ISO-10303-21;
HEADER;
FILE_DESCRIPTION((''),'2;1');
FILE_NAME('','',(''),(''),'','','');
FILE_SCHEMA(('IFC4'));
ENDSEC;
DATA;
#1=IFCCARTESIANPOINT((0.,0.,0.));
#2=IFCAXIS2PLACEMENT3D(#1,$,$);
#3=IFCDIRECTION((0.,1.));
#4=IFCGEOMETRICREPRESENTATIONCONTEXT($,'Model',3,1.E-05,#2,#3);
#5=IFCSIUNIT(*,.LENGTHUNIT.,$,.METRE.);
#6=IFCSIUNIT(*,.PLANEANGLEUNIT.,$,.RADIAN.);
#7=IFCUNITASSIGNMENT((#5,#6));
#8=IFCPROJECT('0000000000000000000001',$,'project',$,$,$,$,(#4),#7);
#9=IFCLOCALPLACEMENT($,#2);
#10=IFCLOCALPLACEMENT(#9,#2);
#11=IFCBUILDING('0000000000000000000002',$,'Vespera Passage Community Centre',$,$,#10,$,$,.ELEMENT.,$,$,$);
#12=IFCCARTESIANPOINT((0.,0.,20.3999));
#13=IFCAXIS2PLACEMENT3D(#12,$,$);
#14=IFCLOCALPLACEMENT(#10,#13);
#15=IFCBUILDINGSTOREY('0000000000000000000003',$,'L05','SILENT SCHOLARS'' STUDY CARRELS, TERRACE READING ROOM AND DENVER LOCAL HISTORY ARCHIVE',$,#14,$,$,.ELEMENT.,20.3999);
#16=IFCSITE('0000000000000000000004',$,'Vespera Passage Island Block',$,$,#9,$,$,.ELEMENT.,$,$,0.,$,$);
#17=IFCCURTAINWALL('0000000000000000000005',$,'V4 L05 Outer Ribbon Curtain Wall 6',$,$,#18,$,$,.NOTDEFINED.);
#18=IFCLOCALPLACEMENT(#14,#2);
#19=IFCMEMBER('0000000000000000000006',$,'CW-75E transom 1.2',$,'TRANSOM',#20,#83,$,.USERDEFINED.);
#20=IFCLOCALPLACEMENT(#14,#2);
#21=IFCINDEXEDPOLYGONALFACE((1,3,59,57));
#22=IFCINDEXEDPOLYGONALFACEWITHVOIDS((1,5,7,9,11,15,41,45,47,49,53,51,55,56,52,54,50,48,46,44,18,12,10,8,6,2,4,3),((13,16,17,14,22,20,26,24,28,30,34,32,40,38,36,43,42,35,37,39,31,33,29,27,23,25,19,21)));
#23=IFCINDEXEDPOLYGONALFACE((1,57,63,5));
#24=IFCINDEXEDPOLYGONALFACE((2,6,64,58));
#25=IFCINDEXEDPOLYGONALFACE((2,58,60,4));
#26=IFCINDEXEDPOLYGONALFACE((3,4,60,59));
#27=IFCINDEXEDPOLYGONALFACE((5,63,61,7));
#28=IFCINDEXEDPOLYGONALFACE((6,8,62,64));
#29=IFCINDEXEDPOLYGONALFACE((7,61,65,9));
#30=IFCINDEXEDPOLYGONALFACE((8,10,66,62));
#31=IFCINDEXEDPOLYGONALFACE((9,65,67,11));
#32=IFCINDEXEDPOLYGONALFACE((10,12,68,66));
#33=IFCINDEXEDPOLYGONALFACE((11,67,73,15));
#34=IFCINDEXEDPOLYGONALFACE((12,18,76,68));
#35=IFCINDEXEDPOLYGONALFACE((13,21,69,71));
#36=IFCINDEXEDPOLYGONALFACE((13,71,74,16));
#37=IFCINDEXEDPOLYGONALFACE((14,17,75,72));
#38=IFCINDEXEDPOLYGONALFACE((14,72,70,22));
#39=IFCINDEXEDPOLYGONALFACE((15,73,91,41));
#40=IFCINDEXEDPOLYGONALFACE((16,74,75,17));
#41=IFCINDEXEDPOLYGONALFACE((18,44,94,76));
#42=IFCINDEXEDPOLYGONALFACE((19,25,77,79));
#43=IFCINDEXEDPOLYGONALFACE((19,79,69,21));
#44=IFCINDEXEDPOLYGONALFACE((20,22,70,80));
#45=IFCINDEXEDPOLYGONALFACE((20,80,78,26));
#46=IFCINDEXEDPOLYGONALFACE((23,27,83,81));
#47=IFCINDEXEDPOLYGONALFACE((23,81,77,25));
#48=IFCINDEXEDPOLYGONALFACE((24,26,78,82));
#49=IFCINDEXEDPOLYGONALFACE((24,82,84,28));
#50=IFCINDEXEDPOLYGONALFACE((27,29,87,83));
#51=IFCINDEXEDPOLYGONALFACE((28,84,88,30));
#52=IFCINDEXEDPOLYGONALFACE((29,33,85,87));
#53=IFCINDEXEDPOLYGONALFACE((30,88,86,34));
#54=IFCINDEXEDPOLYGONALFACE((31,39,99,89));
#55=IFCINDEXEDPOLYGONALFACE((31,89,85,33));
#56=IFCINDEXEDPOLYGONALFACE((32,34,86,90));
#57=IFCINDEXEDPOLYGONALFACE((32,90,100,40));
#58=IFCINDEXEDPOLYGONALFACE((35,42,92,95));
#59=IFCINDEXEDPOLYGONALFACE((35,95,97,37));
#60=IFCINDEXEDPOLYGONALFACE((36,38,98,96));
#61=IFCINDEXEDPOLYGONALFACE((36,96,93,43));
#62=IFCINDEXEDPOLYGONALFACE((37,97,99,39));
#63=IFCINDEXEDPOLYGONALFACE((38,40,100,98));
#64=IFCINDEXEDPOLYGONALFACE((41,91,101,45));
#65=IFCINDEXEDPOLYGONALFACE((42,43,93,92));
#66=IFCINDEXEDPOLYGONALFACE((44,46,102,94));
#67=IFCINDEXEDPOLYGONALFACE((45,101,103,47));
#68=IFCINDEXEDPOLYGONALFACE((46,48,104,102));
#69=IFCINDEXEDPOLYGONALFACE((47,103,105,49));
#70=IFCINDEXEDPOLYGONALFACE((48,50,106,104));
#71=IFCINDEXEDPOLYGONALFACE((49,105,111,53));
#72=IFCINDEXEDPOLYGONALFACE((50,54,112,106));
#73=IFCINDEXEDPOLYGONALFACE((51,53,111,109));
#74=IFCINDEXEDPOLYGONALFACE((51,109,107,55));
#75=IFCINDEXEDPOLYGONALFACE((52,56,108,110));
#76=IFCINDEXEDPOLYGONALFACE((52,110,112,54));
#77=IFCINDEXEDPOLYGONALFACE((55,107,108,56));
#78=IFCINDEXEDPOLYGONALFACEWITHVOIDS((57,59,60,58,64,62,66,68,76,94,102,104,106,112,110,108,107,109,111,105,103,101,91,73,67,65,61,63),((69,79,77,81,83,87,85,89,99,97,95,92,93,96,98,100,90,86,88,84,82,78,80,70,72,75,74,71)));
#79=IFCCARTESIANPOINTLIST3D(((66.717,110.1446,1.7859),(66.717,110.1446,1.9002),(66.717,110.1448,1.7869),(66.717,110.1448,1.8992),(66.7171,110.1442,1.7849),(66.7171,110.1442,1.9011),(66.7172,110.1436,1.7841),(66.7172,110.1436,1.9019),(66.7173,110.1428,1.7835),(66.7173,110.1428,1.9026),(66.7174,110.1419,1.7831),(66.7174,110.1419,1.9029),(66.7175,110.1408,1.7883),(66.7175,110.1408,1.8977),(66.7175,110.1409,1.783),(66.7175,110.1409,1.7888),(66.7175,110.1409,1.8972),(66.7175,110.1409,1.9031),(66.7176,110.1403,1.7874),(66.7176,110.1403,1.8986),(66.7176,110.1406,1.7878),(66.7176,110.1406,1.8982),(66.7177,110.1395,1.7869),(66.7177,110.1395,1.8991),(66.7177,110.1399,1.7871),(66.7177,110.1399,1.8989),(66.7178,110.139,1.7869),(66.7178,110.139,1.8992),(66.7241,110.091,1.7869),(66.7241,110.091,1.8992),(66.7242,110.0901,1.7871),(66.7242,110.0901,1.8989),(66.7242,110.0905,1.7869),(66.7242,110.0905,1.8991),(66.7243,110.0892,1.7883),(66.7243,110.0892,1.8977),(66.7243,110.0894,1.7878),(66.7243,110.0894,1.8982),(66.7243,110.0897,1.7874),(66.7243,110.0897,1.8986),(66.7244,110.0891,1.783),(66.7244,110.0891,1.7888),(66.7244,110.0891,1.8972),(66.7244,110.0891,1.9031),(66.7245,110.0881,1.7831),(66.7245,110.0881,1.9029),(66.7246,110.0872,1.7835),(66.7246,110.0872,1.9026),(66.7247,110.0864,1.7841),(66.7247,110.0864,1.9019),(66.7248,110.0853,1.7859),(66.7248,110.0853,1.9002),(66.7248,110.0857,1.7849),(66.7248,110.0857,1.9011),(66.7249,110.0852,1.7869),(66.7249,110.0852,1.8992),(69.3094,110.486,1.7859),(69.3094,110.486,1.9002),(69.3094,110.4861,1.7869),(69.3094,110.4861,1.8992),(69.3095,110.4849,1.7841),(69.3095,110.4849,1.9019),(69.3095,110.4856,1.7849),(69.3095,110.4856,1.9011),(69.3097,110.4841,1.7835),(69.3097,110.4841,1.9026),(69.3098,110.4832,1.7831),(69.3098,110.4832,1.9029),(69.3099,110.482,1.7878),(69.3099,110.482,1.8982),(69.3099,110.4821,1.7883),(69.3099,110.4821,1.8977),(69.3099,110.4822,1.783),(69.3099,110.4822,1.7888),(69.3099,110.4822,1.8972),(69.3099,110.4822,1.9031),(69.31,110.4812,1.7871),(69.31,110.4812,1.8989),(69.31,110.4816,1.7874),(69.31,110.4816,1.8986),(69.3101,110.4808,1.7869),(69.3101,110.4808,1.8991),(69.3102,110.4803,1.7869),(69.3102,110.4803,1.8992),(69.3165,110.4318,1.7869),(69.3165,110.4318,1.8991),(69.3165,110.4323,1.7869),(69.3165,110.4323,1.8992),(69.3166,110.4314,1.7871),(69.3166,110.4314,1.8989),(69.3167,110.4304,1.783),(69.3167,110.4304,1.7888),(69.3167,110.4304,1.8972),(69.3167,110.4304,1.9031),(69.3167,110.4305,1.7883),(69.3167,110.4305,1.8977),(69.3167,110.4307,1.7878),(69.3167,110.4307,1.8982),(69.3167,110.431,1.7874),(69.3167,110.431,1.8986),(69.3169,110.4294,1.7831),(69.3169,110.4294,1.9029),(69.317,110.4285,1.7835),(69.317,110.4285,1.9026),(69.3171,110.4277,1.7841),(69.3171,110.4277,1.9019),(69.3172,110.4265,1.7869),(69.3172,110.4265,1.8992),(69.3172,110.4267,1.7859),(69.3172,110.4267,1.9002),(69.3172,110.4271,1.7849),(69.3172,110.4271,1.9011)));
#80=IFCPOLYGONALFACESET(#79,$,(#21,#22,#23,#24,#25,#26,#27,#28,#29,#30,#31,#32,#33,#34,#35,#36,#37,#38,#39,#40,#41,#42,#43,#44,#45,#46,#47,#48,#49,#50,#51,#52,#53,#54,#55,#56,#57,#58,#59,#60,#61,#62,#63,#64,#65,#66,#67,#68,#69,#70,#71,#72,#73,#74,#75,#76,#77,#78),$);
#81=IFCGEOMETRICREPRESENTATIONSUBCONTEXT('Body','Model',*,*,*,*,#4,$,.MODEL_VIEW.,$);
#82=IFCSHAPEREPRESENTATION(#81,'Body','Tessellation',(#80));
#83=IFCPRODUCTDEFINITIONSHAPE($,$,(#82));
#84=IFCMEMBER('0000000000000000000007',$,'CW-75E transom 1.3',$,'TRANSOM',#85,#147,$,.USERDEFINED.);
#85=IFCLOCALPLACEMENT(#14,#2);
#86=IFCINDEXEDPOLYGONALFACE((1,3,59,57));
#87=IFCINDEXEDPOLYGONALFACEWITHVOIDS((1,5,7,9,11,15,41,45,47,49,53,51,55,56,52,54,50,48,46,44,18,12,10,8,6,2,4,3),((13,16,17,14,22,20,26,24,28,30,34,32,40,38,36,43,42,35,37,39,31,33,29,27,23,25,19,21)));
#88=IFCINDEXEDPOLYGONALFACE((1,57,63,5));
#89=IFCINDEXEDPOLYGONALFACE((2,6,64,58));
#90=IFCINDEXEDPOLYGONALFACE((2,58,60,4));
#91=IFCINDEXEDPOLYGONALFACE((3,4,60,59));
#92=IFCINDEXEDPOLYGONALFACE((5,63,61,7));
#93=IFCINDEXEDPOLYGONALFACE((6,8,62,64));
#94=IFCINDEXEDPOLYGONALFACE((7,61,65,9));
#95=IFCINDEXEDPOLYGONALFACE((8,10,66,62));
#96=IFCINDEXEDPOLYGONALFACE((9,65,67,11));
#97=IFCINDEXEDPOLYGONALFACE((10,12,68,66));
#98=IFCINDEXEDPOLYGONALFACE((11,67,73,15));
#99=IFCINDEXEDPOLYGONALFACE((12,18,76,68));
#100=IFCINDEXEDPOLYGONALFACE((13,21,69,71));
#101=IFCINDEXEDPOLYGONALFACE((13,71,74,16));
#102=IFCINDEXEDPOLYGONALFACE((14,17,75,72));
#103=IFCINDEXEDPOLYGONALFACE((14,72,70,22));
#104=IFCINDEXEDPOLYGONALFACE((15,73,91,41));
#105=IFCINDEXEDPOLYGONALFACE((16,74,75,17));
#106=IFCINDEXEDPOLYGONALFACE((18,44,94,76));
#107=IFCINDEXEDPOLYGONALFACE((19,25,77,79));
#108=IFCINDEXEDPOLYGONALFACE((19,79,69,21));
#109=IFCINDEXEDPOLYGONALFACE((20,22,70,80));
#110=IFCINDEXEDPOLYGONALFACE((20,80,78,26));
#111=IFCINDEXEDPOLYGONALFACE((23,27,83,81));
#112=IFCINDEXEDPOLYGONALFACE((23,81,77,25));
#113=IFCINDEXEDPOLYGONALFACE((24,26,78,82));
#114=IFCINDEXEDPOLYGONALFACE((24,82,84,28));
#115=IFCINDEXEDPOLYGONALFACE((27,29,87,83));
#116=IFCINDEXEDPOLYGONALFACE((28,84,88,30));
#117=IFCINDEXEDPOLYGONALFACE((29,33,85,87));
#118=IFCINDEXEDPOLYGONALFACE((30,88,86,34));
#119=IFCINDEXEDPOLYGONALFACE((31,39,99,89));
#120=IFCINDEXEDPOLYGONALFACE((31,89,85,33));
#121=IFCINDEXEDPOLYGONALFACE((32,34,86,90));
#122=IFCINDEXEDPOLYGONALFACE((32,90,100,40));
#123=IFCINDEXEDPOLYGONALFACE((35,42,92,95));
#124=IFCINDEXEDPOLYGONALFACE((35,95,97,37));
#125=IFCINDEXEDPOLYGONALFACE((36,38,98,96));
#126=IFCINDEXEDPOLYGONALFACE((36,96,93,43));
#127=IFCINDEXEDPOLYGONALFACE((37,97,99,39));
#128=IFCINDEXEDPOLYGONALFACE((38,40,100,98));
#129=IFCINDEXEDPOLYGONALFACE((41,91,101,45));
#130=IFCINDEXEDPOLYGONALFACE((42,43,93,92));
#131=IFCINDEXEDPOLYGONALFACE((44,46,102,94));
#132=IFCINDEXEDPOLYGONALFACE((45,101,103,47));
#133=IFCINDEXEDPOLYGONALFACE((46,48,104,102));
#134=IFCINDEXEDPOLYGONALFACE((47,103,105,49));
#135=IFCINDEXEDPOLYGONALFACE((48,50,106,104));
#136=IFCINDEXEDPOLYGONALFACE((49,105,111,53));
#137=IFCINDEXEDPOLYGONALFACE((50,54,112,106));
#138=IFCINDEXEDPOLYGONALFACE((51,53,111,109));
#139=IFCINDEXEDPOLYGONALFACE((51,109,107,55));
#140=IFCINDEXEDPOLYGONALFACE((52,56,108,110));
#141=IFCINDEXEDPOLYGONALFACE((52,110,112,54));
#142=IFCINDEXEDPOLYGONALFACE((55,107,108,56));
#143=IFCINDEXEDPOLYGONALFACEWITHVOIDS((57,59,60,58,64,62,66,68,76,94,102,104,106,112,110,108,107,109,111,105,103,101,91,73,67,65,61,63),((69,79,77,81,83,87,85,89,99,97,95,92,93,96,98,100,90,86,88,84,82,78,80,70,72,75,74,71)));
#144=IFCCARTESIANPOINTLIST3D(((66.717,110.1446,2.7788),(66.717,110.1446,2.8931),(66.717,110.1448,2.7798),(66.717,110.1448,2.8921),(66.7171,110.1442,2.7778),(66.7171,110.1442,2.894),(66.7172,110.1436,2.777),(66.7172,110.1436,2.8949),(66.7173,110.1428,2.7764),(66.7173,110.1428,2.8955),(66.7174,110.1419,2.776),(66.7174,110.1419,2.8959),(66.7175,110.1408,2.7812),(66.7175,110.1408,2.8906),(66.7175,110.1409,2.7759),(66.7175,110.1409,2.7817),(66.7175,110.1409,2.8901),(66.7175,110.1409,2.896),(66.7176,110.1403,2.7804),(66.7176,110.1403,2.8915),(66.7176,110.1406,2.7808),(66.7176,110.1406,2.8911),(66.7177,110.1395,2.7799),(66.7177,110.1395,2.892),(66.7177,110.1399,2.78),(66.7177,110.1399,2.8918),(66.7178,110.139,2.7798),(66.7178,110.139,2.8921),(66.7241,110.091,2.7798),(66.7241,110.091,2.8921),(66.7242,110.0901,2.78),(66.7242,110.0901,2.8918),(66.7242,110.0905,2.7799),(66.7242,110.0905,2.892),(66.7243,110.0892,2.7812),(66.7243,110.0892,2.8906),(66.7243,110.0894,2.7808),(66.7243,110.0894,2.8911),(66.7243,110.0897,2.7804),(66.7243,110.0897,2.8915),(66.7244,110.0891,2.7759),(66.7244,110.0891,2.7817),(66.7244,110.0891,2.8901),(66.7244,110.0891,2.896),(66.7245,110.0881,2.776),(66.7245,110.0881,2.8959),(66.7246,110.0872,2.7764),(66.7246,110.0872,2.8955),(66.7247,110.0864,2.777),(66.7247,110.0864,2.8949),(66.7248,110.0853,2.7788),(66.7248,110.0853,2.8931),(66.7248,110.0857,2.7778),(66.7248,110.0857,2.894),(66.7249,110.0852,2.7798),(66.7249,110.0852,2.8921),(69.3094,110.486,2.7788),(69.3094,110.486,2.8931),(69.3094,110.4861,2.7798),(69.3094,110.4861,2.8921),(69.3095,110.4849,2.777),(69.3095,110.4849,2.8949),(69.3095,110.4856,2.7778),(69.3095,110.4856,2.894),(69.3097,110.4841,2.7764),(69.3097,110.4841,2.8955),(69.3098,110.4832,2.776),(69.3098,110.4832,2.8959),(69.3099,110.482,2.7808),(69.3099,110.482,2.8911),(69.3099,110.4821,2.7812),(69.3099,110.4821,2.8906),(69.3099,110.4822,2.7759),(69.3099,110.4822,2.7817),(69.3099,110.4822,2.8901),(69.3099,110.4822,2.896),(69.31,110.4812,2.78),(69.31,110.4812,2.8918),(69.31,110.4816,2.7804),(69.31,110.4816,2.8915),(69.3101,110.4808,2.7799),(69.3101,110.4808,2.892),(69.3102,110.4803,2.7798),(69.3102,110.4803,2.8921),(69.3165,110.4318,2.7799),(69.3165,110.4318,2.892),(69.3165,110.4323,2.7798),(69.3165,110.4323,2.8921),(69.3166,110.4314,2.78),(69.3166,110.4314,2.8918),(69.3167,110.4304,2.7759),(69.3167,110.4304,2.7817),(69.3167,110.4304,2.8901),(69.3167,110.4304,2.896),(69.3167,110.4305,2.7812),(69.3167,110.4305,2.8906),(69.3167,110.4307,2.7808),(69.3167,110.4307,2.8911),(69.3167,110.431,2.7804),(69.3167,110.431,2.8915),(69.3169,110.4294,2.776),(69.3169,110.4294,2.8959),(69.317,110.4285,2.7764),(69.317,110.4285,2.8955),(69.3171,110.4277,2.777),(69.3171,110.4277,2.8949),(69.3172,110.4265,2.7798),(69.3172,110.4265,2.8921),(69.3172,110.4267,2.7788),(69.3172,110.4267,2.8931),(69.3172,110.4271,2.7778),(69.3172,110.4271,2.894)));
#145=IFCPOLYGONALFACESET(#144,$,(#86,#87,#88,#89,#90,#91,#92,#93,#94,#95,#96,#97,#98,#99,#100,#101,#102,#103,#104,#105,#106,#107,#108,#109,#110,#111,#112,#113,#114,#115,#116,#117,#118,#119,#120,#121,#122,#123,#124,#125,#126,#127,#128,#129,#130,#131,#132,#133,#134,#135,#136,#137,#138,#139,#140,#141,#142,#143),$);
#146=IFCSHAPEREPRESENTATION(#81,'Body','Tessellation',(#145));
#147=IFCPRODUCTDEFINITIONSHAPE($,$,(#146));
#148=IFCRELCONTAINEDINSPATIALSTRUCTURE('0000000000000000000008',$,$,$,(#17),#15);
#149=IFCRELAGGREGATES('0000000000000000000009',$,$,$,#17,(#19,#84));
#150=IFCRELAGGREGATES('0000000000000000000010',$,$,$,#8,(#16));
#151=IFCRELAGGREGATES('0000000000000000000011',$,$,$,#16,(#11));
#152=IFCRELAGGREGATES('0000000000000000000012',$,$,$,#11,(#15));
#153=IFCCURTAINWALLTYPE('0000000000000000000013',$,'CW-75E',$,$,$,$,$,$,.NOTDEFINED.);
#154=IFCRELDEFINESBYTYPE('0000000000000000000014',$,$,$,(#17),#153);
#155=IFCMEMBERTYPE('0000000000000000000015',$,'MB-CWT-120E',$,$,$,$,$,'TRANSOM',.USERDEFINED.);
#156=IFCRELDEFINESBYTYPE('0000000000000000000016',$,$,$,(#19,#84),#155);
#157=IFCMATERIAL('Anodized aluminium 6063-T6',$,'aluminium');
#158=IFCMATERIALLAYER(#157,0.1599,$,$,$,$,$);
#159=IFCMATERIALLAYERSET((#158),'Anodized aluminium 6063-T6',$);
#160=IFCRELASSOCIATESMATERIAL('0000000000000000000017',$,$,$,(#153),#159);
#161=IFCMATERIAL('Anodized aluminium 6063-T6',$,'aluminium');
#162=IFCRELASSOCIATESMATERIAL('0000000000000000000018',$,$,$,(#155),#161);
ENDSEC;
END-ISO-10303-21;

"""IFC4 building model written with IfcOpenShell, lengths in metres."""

from ifc_helpers import new_model, si_unit, direction, frame, origin, origin_2d, place, context, subcontext, project, spatial, hollow_rectangle, extrude, material, layer, layer_set, material_profile, profile_set, type_object, element, aggregate, save


model = new_model("IFC4")

# Units and contexts
model_context = context("Model", 3, precision=1e-05, world=origin(), true_north=direction((0.0, 1.0)))
body_context = subcontext(model_context, "Body", "Model", "MODEL_VIEW")
ifc_project = project(units=[si_unit("LENGTHUNIT", "METRE"), si_unit("PLANEANGLEUNIT", "RADIAN")], contexts=[model_context])

# Site, building, storey
site_placement = place(None, origin())
site = spatial("IfcSite", under=ifc_project, at=site_placement, Name="Vespera Passage Island Block", CompositionType="ELEMENT", RefElevation=0.0)
building_placement = place(site_placement, origin())
building = spatial("IfcBuilding", under=site, at=building_placement, Name="Vespera Passage Community Centre", CompositionType="ELEMENT")
storey_placement = place(building_placement, frame((0.0, 0.0, 20.3999)))
storey = spatial("IfcBuildingStorey", under=building, at=storey_placement, Name="L05", Description="SILENT SCHOLARS' STUDY CARRELS, TERRACE READING ROOM AND DENVER LOCAL HISTORY ARCHIVE", CompositionType="ELEMENT", Elevation=20.3999)

# Curtain wall, members
ifc_material_1 = material(Name="Anodized aluminium 6063-T6", Category="aluminium")
ifc_layer_1 = layer(ifc_material_1, 0.1599)
ifc_layer_set_1 = layer_set([ifc_layer_1], Name="Anodized aluminium 6063-T6")
curtain_wall_type = type_object("IfcCurtainWallType", Name="CW-75E", PredefinedType="NOTDEFINED", material=ifc_layer_set_1)
curtain_wall_placement = place(storey_placement, origin())
curtain_wall = element("IfcCurtainWall", 1, at=curtain_wall_placement, inside=storey, type_object=curtain_wall_type, Name="V4 L05 Outer Ribbon Curtain Wall 6", PredefinedType="NOTDEFINED")
ifc_material_2 = material(Name="Anodized aluminium 6063-T6", Category="aluminium")
ifc_material_profile_1 = material_profile(ifc_material_2, hollow_rectangle(XDim=0.0601, YDim=0.1201, WallThickness=0.0039, InnerFilletRadius=0.002, OuterFilletRadius=0.0039, at=origin_2d()), Name="ALU120X60X4")
ifc_profile_set_1 = profile_set([ifc_material_profile_1], Name="Anodized aluminium 6063-T6")
member_type_1 = type_object("IfcMemberType", Name="MB-CWT-120E", ElementType="TRANSOM", PredefinedType="USERDEFINED", material=ifc_profile_set_1)
member_1_placement = place(storey_placement, frame((66.7209, 110.115, 1.843), z_axis=(0.991443, 0.130537, 0.0), x_axis=(-0.130537, 0.991443, 0.0)))
member_1 = element("IfcMember", 2, at=member_1_placement, type_object=member_type_1, Name="CW-75E transom 1.2", ObjectType="TRANSOM", PredefinedType="USERDEFINED", context=body_context, shape_type="SweptSolid", body=[
    extrude(hollow_rectangle(XDim=0.0601, YDim=0.1201, WallThickness=0.0039, InnerFilletRadius=0.002, OuterFilletRadius=0.0039, at=origin_2d()), origin(), (0.0, 0.0, 1.0), 2.6147),
])
member_2_placement = place(storey_placement, frame((66.7209, 110.115, 2.8359), z_axis=(0.991443, 0.130537, 0.0), x_axis=(-0.130537, 0.991443, 0.0)))
member_2 = element("IfcMember", 3, at=member_2_placement, type_object=member_type_1, Name="CW-75E transom 1.3", ObjectType="TRANSOM", PredefinedType="USERDEFINED", context=body_context, shape_type="SweptSolid", body=[
    extrude(hollow_rectangle(XDim=0.0601, YDim=0.1201, WallThickness=0.0039, InnerFilletRadius=0.002, OuterFilletRadius=0.0039, at=origin_2d()), origin(), (0.0, 0.0, 1.0), 2.6147),
])
aggregate(curtain_wall, [member_1, member_2])

save(model, "model.ifc")
